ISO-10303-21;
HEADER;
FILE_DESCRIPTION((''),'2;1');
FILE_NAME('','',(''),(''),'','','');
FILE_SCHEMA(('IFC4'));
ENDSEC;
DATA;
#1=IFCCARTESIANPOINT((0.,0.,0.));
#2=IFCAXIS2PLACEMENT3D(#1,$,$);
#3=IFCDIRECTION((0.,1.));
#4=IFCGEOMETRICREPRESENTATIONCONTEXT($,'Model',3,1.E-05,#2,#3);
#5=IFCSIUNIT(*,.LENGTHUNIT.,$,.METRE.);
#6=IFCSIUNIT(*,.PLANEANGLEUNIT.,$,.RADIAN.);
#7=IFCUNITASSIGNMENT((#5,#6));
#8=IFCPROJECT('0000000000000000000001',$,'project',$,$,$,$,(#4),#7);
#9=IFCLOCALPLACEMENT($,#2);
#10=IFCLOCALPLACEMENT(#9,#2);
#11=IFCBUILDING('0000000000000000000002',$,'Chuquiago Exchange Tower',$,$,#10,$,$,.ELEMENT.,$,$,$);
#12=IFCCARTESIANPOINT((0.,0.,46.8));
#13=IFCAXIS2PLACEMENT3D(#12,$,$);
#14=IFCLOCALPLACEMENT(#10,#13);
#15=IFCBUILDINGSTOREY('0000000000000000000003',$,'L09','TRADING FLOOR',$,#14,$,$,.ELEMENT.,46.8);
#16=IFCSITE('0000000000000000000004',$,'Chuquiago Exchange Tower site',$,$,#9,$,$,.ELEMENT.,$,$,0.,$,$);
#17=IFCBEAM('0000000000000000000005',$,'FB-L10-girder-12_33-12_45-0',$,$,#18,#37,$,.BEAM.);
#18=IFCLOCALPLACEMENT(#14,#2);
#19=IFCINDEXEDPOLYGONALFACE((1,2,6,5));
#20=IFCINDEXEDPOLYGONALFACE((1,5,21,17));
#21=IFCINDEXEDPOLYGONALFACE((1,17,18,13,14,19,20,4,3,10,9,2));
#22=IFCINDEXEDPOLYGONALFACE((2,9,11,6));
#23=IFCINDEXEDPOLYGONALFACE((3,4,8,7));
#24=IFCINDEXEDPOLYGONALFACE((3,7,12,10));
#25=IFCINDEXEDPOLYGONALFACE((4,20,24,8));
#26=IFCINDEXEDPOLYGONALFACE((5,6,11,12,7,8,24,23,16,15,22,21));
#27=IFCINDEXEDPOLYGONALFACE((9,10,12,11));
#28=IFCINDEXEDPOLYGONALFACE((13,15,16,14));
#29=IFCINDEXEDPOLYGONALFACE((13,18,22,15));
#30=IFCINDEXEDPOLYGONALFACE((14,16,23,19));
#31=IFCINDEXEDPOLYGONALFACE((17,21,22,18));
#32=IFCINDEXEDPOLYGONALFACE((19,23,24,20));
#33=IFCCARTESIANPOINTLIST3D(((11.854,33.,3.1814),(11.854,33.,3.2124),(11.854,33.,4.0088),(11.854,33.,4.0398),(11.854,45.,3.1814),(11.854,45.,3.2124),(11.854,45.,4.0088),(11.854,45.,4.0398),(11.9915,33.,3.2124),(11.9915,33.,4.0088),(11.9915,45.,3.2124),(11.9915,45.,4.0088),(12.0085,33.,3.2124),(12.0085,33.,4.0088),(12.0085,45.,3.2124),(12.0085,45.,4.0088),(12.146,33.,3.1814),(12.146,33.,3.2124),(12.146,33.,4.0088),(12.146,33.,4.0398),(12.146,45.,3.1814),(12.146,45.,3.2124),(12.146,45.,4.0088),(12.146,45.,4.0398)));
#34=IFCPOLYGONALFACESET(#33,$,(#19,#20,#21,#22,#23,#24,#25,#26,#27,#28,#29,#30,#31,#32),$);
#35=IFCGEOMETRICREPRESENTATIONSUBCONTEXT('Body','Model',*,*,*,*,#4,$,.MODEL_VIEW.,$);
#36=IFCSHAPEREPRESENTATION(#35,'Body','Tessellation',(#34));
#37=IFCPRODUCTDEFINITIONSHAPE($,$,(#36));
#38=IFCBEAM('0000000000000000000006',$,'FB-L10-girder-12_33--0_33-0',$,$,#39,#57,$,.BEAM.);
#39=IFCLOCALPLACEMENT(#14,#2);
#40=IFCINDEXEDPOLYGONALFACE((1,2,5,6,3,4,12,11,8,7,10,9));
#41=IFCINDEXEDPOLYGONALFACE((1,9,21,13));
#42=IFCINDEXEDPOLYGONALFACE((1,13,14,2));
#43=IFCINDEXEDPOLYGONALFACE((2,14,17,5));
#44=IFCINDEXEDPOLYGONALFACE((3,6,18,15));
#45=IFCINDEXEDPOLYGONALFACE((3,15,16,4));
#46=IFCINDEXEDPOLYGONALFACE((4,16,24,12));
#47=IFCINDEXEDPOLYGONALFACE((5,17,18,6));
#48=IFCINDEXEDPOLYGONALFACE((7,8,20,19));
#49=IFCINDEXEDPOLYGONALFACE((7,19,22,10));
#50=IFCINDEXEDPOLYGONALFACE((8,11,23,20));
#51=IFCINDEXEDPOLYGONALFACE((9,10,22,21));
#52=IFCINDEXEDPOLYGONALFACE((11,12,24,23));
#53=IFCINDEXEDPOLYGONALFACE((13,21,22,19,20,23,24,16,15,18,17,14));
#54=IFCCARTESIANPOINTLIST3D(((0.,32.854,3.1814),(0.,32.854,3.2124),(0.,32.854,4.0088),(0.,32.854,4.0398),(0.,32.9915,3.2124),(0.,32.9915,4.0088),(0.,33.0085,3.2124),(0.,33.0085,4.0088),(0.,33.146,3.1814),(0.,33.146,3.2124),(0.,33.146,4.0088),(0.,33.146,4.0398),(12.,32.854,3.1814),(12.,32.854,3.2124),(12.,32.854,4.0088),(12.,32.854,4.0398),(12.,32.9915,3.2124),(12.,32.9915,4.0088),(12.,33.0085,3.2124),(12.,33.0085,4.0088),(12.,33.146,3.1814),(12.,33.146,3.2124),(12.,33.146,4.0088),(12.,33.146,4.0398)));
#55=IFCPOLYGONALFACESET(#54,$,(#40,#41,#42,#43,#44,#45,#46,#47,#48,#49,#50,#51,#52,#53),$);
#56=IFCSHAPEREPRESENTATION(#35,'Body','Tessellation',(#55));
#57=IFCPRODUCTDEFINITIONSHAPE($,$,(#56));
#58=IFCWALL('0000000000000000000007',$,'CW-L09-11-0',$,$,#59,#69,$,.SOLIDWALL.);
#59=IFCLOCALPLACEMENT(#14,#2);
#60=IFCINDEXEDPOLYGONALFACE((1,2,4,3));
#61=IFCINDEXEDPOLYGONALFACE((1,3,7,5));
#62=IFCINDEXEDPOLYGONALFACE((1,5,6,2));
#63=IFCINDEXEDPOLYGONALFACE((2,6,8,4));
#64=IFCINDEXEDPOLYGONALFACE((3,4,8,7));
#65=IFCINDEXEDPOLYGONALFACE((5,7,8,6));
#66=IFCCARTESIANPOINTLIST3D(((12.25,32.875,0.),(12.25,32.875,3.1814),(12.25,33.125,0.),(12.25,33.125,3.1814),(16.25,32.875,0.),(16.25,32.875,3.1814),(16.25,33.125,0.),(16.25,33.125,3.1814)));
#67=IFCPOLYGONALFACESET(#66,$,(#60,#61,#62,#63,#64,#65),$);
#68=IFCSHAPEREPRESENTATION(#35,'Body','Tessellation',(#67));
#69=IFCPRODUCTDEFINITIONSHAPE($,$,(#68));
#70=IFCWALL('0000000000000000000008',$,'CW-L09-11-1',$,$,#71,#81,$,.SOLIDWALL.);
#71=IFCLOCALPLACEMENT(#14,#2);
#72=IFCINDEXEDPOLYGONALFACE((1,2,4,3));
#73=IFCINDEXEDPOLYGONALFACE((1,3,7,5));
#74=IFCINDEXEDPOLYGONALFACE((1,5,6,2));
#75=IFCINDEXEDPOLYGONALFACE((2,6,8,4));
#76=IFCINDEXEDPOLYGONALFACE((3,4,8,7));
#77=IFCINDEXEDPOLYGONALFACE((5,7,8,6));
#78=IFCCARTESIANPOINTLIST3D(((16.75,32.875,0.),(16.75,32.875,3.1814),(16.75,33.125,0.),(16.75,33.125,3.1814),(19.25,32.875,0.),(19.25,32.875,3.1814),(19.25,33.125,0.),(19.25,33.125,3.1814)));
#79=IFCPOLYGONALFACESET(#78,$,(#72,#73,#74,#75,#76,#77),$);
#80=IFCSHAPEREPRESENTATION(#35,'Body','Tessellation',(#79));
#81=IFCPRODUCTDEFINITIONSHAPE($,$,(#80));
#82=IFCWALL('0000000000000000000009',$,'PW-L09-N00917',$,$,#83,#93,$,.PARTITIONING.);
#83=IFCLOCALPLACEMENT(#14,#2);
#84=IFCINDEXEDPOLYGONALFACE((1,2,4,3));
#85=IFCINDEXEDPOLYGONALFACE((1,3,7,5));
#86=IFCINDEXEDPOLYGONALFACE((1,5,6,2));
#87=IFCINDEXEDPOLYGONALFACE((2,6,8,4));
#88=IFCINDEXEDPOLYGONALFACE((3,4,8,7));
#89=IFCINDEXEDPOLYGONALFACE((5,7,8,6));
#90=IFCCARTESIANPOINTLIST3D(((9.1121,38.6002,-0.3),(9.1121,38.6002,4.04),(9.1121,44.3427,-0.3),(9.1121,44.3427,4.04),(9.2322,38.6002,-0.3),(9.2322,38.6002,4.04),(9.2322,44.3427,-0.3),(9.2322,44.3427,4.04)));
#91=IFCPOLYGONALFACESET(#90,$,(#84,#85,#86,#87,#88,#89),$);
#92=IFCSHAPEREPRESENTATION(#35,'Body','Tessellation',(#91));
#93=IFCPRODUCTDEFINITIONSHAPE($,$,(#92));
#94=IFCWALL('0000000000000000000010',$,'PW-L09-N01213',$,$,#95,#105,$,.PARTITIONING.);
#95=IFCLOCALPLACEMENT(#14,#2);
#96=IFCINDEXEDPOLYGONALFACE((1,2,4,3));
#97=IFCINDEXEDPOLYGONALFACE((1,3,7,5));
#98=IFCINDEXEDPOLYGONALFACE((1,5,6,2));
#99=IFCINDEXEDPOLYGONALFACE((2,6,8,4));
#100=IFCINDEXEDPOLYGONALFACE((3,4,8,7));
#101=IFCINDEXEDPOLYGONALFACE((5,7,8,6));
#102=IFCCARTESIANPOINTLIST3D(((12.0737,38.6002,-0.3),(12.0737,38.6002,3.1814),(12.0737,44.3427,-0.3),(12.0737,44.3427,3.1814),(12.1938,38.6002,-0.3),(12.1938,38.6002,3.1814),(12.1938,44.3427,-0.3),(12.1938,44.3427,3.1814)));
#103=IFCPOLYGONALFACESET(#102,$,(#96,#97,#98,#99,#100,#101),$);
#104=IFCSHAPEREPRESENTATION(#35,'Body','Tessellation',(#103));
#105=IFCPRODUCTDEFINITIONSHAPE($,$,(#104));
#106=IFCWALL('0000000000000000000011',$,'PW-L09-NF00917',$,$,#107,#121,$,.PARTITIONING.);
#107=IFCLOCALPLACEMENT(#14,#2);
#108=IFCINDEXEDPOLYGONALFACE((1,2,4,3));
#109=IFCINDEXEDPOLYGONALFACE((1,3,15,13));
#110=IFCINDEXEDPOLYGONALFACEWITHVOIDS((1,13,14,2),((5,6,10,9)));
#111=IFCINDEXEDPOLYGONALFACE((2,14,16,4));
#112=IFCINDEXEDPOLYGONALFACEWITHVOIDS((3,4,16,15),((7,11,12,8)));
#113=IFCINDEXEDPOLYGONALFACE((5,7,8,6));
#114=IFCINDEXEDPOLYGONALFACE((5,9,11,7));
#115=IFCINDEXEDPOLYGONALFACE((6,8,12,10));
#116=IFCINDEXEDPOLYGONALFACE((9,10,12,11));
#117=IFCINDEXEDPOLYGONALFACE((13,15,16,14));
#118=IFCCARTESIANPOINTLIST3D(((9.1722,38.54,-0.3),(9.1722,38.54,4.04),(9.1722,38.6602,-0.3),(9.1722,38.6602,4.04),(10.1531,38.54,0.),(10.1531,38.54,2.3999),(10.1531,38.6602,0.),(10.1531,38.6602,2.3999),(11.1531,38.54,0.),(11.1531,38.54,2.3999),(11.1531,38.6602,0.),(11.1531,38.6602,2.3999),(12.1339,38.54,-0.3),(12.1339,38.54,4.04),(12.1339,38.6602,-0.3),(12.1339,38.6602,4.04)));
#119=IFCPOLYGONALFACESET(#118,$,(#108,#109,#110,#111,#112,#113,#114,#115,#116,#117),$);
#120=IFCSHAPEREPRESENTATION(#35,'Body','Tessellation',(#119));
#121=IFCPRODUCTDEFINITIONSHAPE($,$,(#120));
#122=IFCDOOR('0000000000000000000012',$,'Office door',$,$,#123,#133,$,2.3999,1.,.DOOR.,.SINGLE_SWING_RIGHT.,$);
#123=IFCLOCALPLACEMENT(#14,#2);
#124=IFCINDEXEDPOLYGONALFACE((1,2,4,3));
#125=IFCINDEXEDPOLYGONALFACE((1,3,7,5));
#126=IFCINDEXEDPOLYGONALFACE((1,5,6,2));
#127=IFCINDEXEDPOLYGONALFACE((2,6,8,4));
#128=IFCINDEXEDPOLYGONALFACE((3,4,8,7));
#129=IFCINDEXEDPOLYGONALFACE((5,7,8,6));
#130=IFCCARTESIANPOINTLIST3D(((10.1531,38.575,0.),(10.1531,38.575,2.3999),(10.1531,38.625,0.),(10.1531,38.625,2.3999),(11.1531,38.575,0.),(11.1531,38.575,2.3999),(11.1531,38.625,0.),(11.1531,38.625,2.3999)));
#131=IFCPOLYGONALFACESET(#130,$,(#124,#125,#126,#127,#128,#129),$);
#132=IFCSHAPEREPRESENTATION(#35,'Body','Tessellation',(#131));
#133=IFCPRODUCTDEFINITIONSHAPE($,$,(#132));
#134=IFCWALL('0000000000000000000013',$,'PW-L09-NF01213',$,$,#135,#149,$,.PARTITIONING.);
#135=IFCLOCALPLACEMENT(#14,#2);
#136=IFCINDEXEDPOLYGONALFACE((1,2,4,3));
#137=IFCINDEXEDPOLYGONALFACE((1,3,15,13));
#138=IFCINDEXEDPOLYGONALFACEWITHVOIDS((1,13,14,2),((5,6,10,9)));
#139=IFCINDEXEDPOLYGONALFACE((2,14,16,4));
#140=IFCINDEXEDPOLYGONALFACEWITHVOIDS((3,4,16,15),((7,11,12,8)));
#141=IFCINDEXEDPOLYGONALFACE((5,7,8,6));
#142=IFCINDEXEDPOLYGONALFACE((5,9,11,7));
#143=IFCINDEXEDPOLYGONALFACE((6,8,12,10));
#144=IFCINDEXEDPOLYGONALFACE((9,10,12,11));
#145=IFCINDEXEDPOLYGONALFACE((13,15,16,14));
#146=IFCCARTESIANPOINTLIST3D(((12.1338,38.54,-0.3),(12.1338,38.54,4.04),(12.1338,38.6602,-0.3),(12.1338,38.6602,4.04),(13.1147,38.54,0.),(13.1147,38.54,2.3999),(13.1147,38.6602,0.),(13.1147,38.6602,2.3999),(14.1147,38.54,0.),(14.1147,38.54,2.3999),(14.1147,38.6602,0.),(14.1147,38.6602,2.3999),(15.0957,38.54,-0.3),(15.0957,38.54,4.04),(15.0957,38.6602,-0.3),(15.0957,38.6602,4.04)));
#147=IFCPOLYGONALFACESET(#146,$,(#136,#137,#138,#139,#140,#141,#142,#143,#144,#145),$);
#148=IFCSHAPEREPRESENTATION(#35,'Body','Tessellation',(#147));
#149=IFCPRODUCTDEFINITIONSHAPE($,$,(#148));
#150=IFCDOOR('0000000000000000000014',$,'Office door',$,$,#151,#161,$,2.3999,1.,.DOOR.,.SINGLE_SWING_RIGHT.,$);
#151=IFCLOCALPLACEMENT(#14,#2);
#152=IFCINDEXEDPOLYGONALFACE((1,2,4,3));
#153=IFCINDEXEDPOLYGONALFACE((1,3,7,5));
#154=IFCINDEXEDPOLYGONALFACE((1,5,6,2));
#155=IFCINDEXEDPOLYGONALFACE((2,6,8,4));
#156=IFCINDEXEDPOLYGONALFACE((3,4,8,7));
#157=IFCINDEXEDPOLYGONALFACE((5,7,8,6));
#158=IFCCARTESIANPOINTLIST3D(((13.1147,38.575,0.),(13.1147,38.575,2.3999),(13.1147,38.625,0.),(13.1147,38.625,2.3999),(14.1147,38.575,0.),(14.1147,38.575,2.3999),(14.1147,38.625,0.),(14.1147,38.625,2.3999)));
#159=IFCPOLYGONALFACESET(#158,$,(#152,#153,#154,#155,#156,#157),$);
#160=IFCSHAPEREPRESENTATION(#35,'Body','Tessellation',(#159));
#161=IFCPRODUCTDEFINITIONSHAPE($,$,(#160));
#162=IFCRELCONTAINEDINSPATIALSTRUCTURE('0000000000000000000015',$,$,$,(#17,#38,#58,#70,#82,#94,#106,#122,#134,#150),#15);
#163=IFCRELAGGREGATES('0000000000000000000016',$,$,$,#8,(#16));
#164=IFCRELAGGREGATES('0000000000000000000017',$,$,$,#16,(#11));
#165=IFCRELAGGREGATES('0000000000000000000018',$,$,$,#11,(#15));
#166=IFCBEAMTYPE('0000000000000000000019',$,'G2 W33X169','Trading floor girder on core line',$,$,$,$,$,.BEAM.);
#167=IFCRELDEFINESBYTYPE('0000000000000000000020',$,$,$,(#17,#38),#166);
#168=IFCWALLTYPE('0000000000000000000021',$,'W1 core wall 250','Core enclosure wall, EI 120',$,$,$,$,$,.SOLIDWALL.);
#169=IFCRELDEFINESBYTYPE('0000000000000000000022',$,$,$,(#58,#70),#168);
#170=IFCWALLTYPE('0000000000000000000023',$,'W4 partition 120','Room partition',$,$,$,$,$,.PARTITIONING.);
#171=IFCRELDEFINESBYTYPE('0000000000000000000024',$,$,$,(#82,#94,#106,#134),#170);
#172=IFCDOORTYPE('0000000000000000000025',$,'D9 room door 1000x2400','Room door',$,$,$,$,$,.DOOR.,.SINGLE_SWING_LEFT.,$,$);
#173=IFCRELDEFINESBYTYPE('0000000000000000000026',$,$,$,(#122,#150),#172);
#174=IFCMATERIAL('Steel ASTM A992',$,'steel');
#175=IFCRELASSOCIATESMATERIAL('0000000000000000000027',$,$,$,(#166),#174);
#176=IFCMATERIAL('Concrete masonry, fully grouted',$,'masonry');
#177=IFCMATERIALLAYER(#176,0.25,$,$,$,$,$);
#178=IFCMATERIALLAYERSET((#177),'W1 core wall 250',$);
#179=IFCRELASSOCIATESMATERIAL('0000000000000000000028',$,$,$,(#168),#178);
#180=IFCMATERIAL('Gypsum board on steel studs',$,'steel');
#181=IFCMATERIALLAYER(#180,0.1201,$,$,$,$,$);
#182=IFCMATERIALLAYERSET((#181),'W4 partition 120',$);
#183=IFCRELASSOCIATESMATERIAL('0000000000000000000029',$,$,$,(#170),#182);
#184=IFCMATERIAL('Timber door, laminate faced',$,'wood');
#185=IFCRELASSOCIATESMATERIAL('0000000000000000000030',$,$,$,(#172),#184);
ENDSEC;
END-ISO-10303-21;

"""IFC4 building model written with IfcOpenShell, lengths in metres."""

from ifc_helpers import new_model, si_unit, direction, frame, frame_2d, origin, origin_2d, place, context, subcontext, project, spatial, rectangle, i_section, extrude, material, layer, layer_set, material_profile, profile_set, type_object, element, fill, save


model = new_model("IFC4")

# Units and contexts
model_context = context("Model", 3, precision=1e-05, world=origin(), true_north=direction((0.0, 1.0)))
body_context = subcontext(model_context, "Body", "Model", "MODEL_VIEW")
ifc_project = project(units=[si_unit("LENGTHUNIT", "METRE"), si_unit("PLANEANGLEUNIT", "RADIAN")], contexts=[model_context])

# Site, building, storey
site_placement = place(None, origin())
site = spatial("IfcSite", under=ifc_project, at=site_placement, Name="Chuquiago Exchange Tower site", CompositionType="ELEMENT", RefElevation=0.0)
building_placement = place(site_placement, origin())
building = spatial("IfcBuilding", under=site, at=building_placement, Name="Chuquiago Exchange Tower", CompositionType="ELEMENT")
storey_placement = place(building_placement, frame((0.0, 0.0, 46.8)))
storey = spatial("IfcBuildingStorey", under=building, at=storey_placement, Name="L09", Description="TRADING FLOOR", CompositionType="ELEMENT", Elevation=46.8)

# Beams
ifc_material_1 = material(Name="Steel ASTM A992", Category="steel")
ifc_material_profile_1 = material_profile(ifc_material_1, i_section(OverallWidth=0.292, OverallDepth=0.8584, WebThickness=0.0171, FlangeThickness=0.031, at=origin_2d()), Name="W33X169")
ifc_profile_set_1 = profile_set([ifc_material_profile_1], Name="Steel ASTM A992")
beam_type_1 = type_object("IfcBeamType", Name="G2 W33X169", Description="Trading floor girder on core line", PredefinedType="BEAM", material=ifc_profile_set_1)
for number, where, z_axis, x_axis, name in (
    (1, (12.0, 33.0, 3.6106), (0.0, 1.0, 0.0), (-1.0, 0.0, 0.0), "FB-L10-girder-12_33-12_45-0"),
    (2, (12.0, 33.0, 3.6106), (-1.0, 0.0, 0.0), (0.0, -1.0, 0.0), "FB-L10-girder-12_33--0_33-0"),
):
    element("IfcBeam", number, at=place(storey_placement, frame(where, z_axis=z_axis, x_axis=x_axis)), inside=storey, type_object=beam_type_1, Name=name, PredefinedType="BEAM", context=body_context, shape_type="SweptSolid", body=[
        extrude(i_section(OverallWidth=0.292, OverallDepth=0.8584, WebThickness=0.0171, FlangeThickness=0.031, at=origin_2d()), origin(), (0.0, 0.0, 1.0), 12.0),
    ])

# Walls
ifc_material_2 = material(Name="Concrete masonry, fully grouted", Category="masonry")
ifc_layer_1 = layer(ifc_material_2, 0.25)
ifc_layer_set_1 = layer_set([ifc_layer_1], Name="W1 core wall 250")
wall_type_1 = type_object("IfcWallType", Name="W1 core wall 250", Description="Core enclosure wall, EI 120", PredefinedType="SOLIDWALL", material=ifc_layer_set_1)
wall_1_placement = place(storey_placement, frame((12.25, 33.0, 0.0), z_axis=(0.0, 0.0, 1.0), x_axis=(1.0, 0.0, 0.0)))
element("IfcWall", 3, at=wall_1_placement, inside=storey, type_object=wall_type_1, Name="CW-L09-11-0", PredefinedType="SOLIDWALL", context=body_context, shape_type="SweptSolid", body=[
    extrude(rectangle(XDim=4.0, YDim=0.25, at=frame_2d((2.0, 0.0))), origin(), (0.0, 0.0, 1.0), 3.1814),
])
wall_2_placement = place(storey_placement, frame((16.75, 33.0, 0.0), z_axis=(0.0, 0.0, 1.0), x_axis=(1.0, 0.0, 0.0)))
element("IfcWall", 4, at=wall_2_placement, inside=storey, type_object=wall_type_1, Name="CW-L09-11-1", PredefinedType="SOLIDWALL", context=body_context, shape_type="SweptSolid", body=[
    extrude(rectangle(XDim=2.5, YDim=0.25, at=frame_2d((1.25, 0.0))), origin(), (0.0, 0.0, 1.0), 3.1814),
])
ifc_material_3 = material(Name="Gypsum board on steel studs", Category="steel")
ifc_layer_2 = layer(ifc_material_3, 0.1201)
ifc_layer_set_2 = layer_set([ifc_layer_2], Name="W4 partition 120")
wall_type_2 = type_object("IfcWallType", Name="W4 partition 120", Description="Room partition", PredefinedType="PARTITIONING", material=ifc_layer_set_2)
wall_3_placement = place(storey_placement, frame((9.1721, 44.3425, -0.3), z_axis=(0.0, 0.0, 1.0), x_axis=(0.0, -1.0, 0.0)))
element("IfcWall", 5, at=wall_3_placement, inside=storey, type_object=wall_type_2, Name="PW-L09-N00917", PredefinedType="PARTITIONING", context=body_context, shape_type="SweptSolid", body=[
    extrude(rectangle(XDim=5.7424, YDim=0.1201, at=frame_2d((2.8711, 0.0))), origin(), (0.0, 0.0, 1.0), 4.3401),
])
wall_4_placement = place(storey_placement, frame((12.1338, 44.3425, -0.3), z_axis=(0.0, 0.0, 1.0), x_axis=(0.0, -1.0, 0.0)))
element("IfcWall", 6, at=wall_4_placement, inside=storey, type_object=wall_type_2, Name="PW-L09-N01213", PredefinedType="PARTITIONING", context=body_context, shape_type="SweptSolid", body=[
    extrude(rectangle(XDim=5.7424, YDim=0.1201, at=frame_2d((2.8711, 0.0))), origin(), (0.0, 0.0, 1.0), 3.4814),
])

# Walls, openings, doors
wall_5_placement = place(storey_placement, frame((9.1721, 38.6001, -0.3), z_axis=(0.0, 0.0, 1.0), x_axis=(1.0, 0.0, 0.0)))
wall_5 = element("IfcWall", 7, at=wall_5_placement, inside=storey, type_object=wall_type_2, Name="PW-L09-NF00917", PredefinedType="PARTITIONING", context=body_context, shape_type="SweptSolid", body=[
    extrude(rectangle(XDim=2.9617, YDim=0.1201, at=frame_2d((1.481, 0.0))), origin(), (0.0, 0.0, 1.0), 4.3401),
])
opening_1_placement = place(wall_5_placement, frame((0.981, 0.0, 0.3)))
opening_1 = element("IfcOpeningElement", 8, at=opening_1_placement, cuts=wall_5, PredefinedType="OPENING", context=body_context, shape_type="SweptSolid", body=[
    extrude(rectangle(XDim=1.0, YDim=2.3999, at=frame_2d((0.5, 1.2))), frame((0.0, 0.0701, 0.0), z_axis=(0.0, -1.0, 0.0), x_axis=(1.0, 0.0, 0.0)), (0.0, 0.0, 1.0), 0.1401),
])
ifc_material_4 = material(Name="Timber door, laminate faced", Category="wood")
door_type = type_object("IfcDoorType", Name="D9 room door 1000x2400", Description="Room door", OperationType="SINGLE_SWING_LEFT", PredefinedType="DOOR", material=ifc_material_4)
door_1_placement = place(opening_1_placement, origin())
door_1 = element("IfcDoor", 9, at=door_1_placement, inside=storey, type_object=door_type, Name="Office door", OperationType="SINGLE_SWING_RIGHT", OverallHeight=2.3999, OverallWidth=1.0, PredefinedType="DOOR", context=body_context, shape_type="SweptSolid", body=[
    extrude(rectangle(XDim=1.0, YDim=2.3999, at=frame_2d((0.5, 1.2))), frame((0.0, 0.0249, 0.0), z_axis=(0.0, -1.0, 0.0), x_axis=(1.0, 0.0, 0.0)), (0.0, 0.0, 1.0), 0.05),
])
fill(opening_1, door_1)
wall_6_placement = place(storey_placement, frame((12.1338, 38.6001, -0.3), z_axis=(0.0, 0.0, 1.0), x_axis=(1.0, 0.0, 0.0)))
wall_6 = element("IfcWall", 10, at=wall_6_placement, inside=storey, type_object=wall_type_2, Name="PW-L09-NF01213", PredefinedType="PARTITIONING", context=body_context, shape_type="SweptSolid", body=[
    extrude(rectangle(XDim=2.9619, YDim=0.1201, at=frame_2d((1.481, 0.0))), origin(), (0.0, 0.0, 1.0), 4.3401),
])
opening_2_placement = place(wall_6_placement, frame((0.981, 0.0, 0.3)))
opening_2 = element("IfcOpeningElement", 11, at=opening_2_placement, cuts=wall_6, PredefinedType="OPENING", context=body_context, shape_type="SweptSolid", body=[
    extrude(rectangle(XDim=1.0, YDim=2.3999, at=frame_2d((0.5, 1.2))), frame((0.0, 0.0701, 0.0), z_axis=(0.0, -1.0, 0.0), x_axis=(1.0, 0.0, 0.0)), (0.0, 0.0, 1.0), 0.1401),
])
door_2_placement = place(opening_2_placement, origin())
door_2 = element("IfcDoor", 12, at=door_2_placement, inside=storey, type_object=door_type, Name="Office door", OperationType="SINGLE_SWING_RIGHT", OverallHeight=2.3999, OverallWidth=1.0, PredefinedType="DOOR", context=body_context, shape_type="SweptSolid", body=[
    extrude(rectangle(XDim=1.0, YDim=2.3999, at=frame_2d((0.5, 1.2))), frame((0.0, 0.0249, 0.0), z_axis=(0.0, -1.0, 0.0), x_axis=(1.0, 0.0, 0.0)), (0.0, 0.0, 1.0), 0.05),
])
fill(opening_2, door_2)

save(model, "model.ifc")
